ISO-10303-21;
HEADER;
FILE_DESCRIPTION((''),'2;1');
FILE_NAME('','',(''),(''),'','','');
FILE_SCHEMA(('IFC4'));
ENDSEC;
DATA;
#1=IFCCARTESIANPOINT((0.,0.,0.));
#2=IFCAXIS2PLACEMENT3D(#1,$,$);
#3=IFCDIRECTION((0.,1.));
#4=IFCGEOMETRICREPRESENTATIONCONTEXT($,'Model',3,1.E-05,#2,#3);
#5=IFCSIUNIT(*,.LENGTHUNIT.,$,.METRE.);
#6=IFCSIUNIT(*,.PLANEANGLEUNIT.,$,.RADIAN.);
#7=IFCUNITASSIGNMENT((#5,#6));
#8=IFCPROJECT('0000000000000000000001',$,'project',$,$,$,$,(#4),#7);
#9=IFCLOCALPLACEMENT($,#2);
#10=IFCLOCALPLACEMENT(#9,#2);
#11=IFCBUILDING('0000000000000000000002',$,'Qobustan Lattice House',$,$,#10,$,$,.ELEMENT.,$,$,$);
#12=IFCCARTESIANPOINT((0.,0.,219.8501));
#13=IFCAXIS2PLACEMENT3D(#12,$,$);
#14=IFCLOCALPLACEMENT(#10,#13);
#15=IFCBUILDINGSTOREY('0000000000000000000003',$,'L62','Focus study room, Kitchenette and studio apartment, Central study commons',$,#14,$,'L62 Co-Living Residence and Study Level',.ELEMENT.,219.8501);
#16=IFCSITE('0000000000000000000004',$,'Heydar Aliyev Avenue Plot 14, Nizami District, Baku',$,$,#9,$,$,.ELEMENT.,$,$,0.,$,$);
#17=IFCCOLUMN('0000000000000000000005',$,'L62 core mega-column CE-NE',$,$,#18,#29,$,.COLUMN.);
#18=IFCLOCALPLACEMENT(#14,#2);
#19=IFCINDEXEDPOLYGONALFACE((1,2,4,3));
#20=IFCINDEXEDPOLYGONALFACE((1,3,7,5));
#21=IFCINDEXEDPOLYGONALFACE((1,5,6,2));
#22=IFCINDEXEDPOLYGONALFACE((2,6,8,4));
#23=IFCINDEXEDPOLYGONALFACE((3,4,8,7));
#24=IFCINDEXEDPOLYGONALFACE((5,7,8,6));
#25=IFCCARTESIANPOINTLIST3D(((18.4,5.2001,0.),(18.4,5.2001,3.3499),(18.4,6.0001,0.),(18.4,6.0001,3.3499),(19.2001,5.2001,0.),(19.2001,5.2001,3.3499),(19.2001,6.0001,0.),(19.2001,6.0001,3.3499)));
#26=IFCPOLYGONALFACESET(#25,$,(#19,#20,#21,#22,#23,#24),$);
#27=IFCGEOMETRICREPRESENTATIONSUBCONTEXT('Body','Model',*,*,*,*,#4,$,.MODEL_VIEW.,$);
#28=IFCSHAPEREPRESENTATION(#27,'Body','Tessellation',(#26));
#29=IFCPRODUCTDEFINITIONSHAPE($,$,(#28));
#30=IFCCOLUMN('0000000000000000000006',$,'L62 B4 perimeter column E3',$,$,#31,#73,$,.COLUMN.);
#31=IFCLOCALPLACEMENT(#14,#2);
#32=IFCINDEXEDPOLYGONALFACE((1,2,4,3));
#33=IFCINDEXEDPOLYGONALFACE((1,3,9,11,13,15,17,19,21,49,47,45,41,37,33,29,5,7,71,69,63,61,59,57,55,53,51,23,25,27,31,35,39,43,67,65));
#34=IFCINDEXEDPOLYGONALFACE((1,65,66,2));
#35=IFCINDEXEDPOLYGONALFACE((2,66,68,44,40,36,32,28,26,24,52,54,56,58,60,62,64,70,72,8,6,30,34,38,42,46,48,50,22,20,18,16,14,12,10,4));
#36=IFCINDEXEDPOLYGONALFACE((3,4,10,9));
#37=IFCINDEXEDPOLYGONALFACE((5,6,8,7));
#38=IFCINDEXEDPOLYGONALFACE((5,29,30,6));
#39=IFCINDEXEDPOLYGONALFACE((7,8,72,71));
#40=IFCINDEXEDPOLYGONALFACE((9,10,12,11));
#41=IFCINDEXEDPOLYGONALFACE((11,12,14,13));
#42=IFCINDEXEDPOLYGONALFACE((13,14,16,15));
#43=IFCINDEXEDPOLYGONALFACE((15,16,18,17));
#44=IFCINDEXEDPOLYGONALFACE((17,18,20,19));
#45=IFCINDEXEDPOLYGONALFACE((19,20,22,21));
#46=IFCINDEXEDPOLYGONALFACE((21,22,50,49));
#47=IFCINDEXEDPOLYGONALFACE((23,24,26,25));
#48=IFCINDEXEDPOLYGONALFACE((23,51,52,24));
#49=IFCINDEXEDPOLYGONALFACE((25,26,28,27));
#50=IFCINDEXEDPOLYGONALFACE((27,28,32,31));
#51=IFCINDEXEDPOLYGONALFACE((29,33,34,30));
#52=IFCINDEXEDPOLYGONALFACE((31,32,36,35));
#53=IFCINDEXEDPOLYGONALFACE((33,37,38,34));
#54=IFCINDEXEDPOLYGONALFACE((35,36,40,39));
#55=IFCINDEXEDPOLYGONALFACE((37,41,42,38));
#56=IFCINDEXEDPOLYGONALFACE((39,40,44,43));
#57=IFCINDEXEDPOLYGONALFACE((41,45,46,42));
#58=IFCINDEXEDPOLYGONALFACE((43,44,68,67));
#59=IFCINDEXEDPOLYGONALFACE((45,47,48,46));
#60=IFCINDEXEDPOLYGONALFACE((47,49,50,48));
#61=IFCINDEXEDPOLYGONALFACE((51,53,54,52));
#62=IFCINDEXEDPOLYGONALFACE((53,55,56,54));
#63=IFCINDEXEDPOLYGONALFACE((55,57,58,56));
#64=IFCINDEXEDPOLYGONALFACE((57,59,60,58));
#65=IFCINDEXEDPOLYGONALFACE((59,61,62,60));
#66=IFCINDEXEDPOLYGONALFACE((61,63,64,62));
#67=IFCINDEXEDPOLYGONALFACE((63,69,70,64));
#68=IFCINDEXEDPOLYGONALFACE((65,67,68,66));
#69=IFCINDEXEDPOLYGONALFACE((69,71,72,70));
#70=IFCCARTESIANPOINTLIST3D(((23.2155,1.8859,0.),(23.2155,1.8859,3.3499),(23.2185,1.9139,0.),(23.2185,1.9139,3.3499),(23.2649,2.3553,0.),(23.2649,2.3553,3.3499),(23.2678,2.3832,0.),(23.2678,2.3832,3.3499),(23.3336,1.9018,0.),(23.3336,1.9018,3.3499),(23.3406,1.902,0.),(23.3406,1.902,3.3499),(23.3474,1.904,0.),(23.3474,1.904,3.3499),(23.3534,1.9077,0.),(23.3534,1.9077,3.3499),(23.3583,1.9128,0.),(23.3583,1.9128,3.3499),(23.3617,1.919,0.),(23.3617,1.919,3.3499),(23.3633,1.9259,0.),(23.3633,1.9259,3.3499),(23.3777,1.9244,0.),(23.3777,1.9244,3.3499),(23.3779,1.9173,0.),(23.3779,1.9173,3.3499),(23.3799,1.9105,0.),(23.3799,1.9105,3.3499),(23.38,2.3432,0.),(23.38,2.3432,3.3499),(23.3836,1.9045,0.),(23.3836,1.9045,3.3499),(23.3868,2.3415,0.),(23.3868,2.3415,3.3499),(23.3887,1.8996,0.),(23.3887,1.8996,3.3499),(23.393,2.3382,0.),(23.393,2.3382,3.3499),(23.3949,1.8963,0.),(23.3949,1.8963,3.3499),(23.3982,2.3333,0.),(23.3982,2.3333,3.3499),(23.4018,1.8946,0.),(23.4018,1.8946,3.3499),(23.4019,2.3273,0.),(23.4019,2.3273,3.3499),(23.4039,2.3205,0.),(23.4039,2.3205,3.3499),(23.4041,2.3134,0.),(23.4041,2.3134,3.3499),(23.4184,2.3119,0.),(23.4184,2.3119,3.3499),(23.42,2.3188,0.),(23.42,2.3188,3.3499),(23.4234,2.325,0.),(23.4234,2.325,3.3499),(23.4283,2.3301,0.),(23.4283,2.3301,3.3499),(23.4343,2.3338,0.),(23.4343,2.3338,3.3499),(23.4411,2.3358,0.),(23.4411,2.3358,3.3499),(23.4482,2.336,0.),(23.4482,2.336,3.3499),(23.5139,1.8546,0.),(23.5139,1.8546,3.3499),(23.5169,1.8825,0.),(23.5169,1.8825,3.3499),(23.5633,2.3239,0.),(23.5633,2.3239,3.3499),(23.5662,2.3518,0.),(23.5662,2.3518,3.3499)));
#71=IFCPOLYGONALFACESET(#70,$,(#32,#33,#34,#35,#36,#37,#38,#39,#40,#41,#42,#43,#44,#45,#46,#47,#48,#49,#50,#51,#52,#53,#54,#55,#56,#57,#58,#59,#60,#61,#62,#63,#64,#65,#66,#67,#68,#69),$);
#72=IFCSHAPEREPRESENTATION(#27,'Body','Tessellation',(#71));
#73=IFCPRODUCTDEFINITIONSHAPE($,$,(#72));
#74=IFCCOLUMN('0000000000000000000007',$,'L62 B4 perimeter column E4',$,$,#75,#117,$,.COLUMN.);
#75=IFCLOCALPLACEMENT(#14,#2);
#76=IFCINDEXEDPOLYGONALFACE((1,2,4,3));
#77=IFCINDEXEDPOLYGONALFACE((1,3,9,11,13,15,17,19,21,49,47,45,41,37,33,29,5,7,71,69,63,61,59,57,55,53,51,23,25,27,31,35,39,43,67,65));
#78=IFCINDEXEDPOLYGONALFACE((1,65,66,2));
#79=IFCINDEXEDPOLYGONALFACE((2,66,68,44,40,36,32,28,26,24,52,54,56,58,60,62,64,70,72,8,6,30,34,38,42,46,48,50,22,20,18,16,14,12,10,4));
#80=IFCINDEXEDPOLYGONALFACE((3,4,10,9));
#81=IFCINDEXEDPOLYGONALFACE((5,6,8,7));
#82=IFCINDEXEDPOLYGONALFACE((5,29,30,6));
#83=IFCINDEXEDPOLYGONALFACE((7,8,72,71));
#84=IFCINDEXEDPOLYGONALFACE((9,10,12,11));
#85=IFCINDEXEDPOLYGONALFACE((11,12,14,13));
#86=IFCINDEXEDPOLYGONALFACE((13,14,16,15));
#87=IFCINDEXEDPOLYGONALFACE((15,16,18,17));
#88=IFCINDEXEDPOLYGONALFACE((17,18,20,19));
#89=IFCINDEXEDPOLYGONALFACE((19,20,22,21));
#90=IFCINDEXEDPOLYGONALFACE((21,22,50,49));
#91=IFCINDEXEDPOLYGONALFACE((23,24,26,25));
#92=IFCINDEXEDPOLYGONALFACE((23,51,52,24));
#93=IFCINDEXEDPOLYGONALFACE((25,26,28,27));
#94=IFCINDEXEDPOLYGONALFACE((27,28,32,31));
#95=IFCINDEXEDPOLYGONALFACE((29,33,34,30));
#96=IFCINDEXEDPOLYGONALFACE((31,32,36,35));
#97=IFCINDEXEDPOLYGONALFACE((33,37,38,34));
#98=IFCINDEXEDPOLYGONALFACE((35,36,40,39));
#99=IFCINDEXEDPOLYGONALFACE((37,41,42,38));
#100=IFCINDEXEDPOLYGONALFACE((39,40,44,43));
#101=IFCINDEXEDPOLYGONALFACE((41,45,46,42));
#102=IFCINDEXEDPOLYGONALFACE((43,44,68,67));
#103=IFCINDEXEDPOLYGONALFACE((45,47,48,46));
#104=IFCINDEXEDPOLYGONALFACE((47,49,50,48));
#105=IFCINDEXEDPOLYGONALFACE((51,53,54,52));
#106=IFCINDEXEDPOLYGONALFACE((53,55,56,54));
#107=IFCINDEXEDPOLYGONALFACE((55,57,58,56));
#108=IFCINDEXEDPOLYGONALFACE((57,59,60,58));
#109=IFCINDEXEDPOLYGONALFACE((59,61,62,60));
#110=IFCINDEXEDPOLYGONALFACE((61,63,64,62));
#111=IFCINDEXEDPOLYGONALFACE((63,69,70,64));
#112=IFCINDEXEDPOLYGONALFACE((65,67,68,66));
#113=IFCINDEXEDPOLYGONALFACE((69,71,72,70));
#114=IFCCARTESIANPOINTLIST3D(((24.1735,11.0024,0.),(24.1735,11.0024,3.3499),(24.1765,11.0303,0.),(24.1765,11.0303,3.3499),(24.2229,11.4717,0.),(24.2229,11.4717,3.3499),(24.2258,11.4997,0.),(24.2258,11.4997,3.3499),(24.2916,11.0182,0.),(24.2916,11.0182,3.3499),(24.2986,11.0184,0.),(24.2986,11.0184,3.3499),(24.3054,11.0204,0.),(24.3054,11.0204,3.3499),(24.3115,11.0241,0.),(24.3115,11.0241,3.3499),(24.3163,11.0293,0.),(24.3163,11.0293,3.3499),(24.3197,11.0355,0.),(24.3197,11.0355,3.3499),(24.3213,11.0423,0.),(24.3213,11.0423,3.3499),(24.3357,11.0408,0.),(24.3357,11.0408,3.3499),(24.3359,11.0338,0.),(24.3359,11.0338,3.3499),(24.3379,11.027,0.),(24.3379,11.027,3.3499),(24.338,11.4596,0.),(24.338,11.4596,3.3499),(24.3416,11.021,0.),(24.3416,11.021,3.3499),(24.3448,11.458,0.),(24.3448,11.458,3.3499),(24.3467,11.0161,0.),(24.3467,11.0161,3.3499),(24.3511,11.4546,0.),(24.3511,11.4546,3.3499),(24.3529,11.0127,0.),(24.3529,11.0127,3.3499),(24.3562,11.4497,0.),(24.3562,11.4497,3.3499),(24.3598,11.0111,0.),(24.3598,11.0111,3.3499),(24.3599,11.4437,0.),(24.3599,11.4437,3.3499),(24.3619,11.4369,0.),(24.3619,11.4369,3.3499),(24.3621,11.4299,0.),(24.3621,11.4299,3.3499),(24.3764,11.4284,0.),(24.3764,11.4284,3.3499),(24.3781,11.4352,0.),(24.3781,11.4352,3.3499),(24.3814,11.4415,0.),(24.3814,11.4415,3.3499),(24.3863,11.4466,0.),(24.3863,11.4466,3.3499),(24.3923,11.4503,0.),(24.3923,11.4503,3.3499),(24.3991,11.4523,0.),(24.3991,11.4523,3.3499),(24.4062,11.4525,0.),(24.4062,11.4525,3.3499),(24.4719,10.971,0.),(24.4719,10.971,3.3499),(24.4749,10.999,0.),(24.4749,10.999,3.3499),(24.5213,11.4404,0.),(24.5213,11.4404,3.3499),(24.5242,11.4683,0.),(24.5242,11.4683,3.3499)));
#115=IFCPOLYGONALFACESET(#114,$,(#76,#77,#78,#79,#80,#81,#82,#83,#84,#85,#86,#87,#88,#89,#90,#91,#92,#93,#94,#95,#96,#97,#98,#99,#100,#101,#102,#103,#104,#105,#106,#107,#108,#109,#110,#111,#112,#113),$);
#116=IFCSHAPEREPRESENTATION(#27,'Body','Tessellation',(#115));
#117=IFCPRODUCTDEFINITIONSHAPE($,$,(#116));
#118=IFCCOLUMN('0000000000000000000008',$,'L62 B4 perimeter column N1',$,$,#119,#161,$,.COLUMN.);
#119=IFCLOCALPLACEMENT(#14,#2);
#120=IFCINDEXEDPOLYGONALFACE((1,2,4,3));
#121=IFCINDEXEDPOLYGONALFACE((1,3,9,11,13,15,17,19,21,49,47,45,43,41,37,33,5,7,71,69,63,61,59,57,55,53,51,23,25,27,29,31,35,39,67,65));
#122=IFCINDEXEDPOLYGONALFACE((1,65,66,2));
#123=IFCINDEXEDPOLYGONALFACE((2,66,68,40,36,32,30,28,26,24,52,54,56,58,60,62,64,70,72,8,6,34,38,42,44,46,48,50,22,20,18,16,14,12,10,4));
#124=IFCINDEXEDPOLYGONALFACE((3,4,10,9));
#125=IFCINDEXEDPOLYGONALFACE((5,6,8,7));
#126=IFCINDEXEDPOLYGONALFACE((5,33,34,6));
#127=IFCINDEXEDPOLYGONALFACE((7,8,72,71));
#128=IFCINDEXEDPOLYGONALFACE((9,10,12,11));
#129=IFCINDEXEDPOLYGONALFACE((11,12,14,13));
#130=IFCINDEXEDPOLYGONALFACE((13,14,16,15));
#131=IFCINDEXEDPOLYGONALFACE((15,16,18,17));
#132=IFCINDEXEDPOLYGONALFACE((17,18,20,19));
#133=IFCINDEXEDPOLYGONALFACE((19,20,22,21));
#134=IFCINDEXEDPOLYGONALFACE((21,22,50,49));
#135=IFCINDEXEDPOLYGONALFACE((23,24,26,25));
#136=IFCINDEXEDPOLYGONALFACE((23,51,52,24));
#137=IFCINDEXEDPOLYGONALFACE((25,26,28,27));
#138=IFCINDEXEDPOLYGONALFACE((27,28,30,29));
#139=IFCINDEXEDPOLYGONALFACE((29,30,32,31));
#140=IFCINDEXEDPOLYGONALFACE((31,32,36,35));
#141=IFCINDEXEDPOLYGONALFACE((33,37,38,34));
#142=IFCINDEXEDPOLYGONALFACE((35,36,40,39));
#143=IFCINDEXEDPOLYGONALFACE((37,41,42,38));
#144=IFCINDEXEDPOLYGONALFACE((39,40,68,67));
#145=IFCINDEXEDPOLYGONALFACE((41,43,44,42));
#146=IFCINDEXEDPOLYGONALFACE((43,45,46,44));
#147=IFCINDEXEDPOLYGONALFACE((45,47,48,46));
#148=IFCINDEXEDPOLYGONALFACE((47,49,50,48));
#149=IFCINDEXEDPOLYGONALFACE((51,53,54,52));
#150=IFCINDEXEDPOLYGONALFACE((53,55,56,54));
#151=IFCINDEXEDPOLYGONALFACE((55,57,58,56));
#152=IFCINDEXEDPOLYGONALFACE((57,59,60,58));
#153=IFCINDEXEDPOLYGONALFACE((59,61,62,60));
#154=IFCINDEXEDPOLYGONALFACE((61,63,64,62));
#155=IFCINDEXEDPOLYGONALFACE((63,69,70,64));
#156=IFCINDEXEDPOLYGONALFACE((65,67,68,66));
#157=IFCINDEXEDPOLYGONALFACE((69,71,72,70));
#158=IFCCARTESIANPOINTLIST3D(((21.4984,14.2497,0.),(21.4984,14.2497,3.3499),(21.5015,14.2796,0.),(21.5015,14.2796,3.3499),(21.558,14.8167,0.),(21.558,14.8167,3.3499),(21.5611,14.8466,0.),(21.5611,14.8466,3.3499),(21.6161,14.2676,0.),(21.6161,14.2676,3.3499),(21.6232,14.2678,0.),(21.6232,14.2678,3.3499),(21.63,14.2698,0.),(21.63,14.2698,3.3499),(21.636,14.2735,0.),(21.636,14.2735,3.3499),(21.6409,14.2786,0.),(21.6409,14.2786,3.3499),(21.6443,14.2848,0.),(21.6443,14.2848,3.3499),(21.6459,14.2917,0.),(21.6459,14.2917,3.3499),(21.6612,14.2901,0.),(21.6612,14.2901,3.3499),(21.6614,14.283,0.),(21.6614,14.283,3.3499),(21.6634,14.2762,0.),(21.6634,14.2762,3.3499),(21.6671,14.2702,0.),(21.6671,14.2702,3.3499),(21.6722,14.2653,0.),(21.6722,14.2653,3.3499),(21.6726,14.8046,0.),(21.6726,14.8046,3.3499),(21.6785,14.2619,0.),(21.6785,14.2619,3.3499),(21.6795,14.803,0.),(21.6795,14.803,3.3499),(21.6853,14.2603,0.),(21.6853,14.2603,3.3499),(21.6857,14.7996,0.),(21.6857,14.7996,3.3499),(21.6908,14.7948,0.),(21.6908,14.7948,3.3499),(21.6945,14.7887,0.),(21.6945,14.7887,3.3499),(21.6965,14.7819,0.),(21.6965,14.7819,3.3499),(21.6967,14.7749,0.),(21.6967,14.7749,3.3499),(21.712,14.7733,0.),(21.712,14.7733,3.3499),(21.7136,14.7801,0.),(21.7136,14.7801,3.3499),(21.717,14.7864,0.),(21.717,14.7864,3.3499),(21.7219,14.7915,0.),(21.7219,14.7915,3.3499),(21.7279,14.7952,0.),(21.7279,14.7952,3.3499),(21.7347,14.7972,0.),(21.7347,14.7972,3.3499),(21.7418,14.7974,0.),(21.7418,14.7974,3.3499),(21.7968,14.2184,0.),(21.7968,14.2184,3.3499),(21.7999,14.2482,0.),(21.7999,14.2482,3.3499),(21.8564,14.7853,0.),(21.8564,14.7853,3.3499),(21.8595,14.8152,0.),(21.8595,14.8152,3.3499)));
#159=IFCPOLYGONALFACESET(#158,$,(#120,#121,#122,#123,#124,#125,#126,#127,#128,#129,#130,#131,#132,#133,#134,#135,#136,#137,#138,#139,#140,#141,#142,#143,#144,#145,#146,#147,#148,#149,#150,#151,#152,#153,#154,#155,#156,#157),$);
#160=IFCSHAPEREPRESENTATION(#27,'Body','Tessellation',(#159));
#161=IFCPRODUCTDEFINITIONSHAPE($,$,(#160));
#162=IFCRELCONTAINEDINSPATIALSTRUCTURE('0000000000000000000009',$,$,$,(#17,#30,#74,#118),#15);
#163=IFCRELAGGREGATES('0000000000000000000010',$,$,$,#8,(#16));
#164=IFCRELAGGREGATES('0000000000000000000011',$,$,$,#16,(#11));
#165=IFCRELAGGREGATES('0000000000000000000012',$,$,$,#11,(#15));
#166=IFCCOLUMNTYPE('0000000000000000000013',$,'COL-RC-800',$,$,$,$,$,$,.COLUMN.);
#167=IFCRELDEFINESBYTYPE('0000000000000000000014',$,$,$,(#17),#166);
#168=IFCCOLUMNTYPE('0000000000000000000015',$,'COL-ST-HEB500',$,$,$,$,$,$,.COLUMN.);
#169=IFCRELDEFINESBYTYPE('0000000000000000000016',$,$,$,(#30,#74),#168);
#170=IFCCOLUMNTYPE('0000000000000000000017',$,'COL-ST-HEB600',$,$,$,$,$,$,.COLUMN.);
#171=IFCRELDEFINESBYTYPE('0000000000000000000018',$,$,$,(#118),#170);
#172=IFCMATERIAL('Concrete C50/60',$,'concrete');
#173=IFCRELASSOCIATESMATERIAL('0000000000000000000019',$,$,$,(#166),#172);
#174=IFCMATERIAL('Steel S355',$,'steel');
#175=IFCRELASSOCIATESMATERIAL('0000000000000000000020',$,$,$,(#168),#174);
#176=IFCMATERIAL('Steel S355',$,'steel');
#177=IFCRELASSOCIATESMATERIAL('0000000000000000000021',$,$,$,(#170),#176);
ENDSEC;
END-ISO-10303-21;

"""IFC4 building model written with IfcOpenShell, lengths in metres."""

from ifc_helpers import new_model, si_unit, direction, frame, origin, origin_2d, place, context, subcontext, project, spatial, rectangle, i_section, extrude, material, material_profile, profile_set, type_object, element, save


model = new_model("IFC4")

# Units and contexts
model_context = context("Model", 3, precision=1e-05, world=origin(), true_north=direction((0.0, 1.0)))
body_context = subcontext(model_context, "Body", "Model", "MODEL_VIEW")
ifc_project = project(units=[si_unit("LENGTHUNIT", "METRE"), si_unit("PLANEANGLEUNIT", "RADIAN")], contexts=[model_context])

# Site, building, storey
site_placement = place(None, origin())
site = spatial("IfcSite", under=ifc_project, at=site_placement, Name="Heydar Aliyev Avenue Plot 14, Nizami District, Baku", CompositionType="ELEMENT", RefElevation=0.0)
building_placement = place(site_placement, origin())
building = spatial("IfcBuilding", under=site, at=building_placement, Name="Qobustan Lattice House", CompositionType="ELEMENT")
storey_placement = place(building_placement, frame((0.0, 0.0, 219.8501)))
storey = spatial("IfcBuildingStorey", under=building, at=storey_placement, Name="L62", Description="Focus study room, Kitchenette and studio apartment, Central study commons", LongName="L62 Co-Living Residence and Study Level", CompositionType="ELEMENT", Elevation=219.8501)

# Columns
ifc_material_1 = material(Name="Concrete C50/60", Category="concrete")
ifc_material_profile_1 = material_profile(ifc_material_1, rectangle(XDim=0.8, YDim=0.8, at=origin_2d()), Name="RC800x800")
ifc_profile_set_1 = profile_set([ifc_material_profile_1], Name="Concrete C50/60")
column_type_1 = type_object("IfcColumnType", Name="COL-RC-800", PredefinedType="COLUMN", material=ifc_profile_set_1)
column_1_placement = place(storey_placement, frame((18.8, 5.6001, 0.0), z_axis=(0.0, 0.0, 1.0), x_axis=(1.0, 0.0, 0.0)))
element("IfcColumn", 1, at=column_1_placement, inside=storey, type_object=column_type_1, Name="L62 core mega-column CE-NE", PredefinedType="COLUMN", context=body_context, shape_type="SweptSolid", body=[
    extrude(rectangle(XDim=0.8, YDim=0.8, at=origin_2d()), origin(), (0.0, 0.0, 1.0), 3.3499),
])
ifc_material_2 = material(Name="Steel S355", Category="steel")
ifc_material_profile_2 = material_profile(ifc_material_2, i_section(OverallWidth=0.3, OverallDepth=0.5, WebThickness=0.0144, FlangeThickness=0.0281, FilletRadius=0.0271, at=origin_2d()), Name="HEB500")
ifc_profile_set_2 = profile_set([ifc_material_profile_2], Name="Steel S355")
column_type_2 = type_object("IfcColumnType", Name="COL-ST-HEB500", PredefinedType="COLUMN", material=ifc_profile_set_2)
for number, where, z_axis, x_axis, name in (
    (2, (23.3909, 2.1189, 0.0), (0.0, 0.0, 1.0), (0.994522, -0.104528, 0.0), "L62 B4 perimeter column E3"),
    (3, (24.3489, 11.2354, 0.0), (0.0, 0.0, 1.0), (0.994522, -0.104528, 0.0), "L62 B4 perimeter column E4"),
):
    element("IfcColumn", number, at=place(storey_placement, frame(where, z_axis=z_axis, x_axis=x_axis)), inside=storey, type_object=column_type_2, Name=name, PredefinedType="COLUMN", context=body_context, shape_type="SweptSolid", body=[
        extrude(i_section(OverallWidth=0.3, OverallDepth=0.5, WebThickness=0.0144, FlangeThickness=0.0281, FilletRadius=0.0271, at=origin_2d()), origin(), (0.0, 0.0, 1.0), 3.3499),
    ])
ifc_material_3 = material(Name="Steel S355", Category="steel")
ifc_material_profile_3 = material_profile(ifc_material_3, i_section(OverallWidth=0.3, OverallDepth=0.6001, WebThickness=0.0154, FlangeThickness=0.03, FilletRadius=0.0271, at=origin_2d()), Name="HEB600")
ifc_profile_set_3 = profile_set([ifc_material_profile_3], Name="Steel S355")
column_type_3 = type_object("IfcColumnType", Name="COL-ST-HEB600", PredefinedType="COLUMN", material=ifc_profile_set_3)
column_2_placement = place(storey_placement, frame((21.679, 14.5325, 0.0), z_axis=(0.0, 0.0, 1.0), x_axis=(0.994522, -0.104528, 0.0)))
element("IfcColumn", 4, at=column_2_placement, inside=storey, type_object=column_type_3, Name="L62 B4 perimeter column N1", PredefinedType="COLUMN", context=body_context, shape_type="SweptSolid", body=[
    extrude(i_section(OverallWidth=0.3, OverallDepth=0.6001, WebThickness=0.0154, FlangeThickness=0.03, FilletRadius=0.0271, at=origin_2d()), origin(), (0.0, 0.0, 1.0), 3.3499),
])

save(model, "model.ifc")
